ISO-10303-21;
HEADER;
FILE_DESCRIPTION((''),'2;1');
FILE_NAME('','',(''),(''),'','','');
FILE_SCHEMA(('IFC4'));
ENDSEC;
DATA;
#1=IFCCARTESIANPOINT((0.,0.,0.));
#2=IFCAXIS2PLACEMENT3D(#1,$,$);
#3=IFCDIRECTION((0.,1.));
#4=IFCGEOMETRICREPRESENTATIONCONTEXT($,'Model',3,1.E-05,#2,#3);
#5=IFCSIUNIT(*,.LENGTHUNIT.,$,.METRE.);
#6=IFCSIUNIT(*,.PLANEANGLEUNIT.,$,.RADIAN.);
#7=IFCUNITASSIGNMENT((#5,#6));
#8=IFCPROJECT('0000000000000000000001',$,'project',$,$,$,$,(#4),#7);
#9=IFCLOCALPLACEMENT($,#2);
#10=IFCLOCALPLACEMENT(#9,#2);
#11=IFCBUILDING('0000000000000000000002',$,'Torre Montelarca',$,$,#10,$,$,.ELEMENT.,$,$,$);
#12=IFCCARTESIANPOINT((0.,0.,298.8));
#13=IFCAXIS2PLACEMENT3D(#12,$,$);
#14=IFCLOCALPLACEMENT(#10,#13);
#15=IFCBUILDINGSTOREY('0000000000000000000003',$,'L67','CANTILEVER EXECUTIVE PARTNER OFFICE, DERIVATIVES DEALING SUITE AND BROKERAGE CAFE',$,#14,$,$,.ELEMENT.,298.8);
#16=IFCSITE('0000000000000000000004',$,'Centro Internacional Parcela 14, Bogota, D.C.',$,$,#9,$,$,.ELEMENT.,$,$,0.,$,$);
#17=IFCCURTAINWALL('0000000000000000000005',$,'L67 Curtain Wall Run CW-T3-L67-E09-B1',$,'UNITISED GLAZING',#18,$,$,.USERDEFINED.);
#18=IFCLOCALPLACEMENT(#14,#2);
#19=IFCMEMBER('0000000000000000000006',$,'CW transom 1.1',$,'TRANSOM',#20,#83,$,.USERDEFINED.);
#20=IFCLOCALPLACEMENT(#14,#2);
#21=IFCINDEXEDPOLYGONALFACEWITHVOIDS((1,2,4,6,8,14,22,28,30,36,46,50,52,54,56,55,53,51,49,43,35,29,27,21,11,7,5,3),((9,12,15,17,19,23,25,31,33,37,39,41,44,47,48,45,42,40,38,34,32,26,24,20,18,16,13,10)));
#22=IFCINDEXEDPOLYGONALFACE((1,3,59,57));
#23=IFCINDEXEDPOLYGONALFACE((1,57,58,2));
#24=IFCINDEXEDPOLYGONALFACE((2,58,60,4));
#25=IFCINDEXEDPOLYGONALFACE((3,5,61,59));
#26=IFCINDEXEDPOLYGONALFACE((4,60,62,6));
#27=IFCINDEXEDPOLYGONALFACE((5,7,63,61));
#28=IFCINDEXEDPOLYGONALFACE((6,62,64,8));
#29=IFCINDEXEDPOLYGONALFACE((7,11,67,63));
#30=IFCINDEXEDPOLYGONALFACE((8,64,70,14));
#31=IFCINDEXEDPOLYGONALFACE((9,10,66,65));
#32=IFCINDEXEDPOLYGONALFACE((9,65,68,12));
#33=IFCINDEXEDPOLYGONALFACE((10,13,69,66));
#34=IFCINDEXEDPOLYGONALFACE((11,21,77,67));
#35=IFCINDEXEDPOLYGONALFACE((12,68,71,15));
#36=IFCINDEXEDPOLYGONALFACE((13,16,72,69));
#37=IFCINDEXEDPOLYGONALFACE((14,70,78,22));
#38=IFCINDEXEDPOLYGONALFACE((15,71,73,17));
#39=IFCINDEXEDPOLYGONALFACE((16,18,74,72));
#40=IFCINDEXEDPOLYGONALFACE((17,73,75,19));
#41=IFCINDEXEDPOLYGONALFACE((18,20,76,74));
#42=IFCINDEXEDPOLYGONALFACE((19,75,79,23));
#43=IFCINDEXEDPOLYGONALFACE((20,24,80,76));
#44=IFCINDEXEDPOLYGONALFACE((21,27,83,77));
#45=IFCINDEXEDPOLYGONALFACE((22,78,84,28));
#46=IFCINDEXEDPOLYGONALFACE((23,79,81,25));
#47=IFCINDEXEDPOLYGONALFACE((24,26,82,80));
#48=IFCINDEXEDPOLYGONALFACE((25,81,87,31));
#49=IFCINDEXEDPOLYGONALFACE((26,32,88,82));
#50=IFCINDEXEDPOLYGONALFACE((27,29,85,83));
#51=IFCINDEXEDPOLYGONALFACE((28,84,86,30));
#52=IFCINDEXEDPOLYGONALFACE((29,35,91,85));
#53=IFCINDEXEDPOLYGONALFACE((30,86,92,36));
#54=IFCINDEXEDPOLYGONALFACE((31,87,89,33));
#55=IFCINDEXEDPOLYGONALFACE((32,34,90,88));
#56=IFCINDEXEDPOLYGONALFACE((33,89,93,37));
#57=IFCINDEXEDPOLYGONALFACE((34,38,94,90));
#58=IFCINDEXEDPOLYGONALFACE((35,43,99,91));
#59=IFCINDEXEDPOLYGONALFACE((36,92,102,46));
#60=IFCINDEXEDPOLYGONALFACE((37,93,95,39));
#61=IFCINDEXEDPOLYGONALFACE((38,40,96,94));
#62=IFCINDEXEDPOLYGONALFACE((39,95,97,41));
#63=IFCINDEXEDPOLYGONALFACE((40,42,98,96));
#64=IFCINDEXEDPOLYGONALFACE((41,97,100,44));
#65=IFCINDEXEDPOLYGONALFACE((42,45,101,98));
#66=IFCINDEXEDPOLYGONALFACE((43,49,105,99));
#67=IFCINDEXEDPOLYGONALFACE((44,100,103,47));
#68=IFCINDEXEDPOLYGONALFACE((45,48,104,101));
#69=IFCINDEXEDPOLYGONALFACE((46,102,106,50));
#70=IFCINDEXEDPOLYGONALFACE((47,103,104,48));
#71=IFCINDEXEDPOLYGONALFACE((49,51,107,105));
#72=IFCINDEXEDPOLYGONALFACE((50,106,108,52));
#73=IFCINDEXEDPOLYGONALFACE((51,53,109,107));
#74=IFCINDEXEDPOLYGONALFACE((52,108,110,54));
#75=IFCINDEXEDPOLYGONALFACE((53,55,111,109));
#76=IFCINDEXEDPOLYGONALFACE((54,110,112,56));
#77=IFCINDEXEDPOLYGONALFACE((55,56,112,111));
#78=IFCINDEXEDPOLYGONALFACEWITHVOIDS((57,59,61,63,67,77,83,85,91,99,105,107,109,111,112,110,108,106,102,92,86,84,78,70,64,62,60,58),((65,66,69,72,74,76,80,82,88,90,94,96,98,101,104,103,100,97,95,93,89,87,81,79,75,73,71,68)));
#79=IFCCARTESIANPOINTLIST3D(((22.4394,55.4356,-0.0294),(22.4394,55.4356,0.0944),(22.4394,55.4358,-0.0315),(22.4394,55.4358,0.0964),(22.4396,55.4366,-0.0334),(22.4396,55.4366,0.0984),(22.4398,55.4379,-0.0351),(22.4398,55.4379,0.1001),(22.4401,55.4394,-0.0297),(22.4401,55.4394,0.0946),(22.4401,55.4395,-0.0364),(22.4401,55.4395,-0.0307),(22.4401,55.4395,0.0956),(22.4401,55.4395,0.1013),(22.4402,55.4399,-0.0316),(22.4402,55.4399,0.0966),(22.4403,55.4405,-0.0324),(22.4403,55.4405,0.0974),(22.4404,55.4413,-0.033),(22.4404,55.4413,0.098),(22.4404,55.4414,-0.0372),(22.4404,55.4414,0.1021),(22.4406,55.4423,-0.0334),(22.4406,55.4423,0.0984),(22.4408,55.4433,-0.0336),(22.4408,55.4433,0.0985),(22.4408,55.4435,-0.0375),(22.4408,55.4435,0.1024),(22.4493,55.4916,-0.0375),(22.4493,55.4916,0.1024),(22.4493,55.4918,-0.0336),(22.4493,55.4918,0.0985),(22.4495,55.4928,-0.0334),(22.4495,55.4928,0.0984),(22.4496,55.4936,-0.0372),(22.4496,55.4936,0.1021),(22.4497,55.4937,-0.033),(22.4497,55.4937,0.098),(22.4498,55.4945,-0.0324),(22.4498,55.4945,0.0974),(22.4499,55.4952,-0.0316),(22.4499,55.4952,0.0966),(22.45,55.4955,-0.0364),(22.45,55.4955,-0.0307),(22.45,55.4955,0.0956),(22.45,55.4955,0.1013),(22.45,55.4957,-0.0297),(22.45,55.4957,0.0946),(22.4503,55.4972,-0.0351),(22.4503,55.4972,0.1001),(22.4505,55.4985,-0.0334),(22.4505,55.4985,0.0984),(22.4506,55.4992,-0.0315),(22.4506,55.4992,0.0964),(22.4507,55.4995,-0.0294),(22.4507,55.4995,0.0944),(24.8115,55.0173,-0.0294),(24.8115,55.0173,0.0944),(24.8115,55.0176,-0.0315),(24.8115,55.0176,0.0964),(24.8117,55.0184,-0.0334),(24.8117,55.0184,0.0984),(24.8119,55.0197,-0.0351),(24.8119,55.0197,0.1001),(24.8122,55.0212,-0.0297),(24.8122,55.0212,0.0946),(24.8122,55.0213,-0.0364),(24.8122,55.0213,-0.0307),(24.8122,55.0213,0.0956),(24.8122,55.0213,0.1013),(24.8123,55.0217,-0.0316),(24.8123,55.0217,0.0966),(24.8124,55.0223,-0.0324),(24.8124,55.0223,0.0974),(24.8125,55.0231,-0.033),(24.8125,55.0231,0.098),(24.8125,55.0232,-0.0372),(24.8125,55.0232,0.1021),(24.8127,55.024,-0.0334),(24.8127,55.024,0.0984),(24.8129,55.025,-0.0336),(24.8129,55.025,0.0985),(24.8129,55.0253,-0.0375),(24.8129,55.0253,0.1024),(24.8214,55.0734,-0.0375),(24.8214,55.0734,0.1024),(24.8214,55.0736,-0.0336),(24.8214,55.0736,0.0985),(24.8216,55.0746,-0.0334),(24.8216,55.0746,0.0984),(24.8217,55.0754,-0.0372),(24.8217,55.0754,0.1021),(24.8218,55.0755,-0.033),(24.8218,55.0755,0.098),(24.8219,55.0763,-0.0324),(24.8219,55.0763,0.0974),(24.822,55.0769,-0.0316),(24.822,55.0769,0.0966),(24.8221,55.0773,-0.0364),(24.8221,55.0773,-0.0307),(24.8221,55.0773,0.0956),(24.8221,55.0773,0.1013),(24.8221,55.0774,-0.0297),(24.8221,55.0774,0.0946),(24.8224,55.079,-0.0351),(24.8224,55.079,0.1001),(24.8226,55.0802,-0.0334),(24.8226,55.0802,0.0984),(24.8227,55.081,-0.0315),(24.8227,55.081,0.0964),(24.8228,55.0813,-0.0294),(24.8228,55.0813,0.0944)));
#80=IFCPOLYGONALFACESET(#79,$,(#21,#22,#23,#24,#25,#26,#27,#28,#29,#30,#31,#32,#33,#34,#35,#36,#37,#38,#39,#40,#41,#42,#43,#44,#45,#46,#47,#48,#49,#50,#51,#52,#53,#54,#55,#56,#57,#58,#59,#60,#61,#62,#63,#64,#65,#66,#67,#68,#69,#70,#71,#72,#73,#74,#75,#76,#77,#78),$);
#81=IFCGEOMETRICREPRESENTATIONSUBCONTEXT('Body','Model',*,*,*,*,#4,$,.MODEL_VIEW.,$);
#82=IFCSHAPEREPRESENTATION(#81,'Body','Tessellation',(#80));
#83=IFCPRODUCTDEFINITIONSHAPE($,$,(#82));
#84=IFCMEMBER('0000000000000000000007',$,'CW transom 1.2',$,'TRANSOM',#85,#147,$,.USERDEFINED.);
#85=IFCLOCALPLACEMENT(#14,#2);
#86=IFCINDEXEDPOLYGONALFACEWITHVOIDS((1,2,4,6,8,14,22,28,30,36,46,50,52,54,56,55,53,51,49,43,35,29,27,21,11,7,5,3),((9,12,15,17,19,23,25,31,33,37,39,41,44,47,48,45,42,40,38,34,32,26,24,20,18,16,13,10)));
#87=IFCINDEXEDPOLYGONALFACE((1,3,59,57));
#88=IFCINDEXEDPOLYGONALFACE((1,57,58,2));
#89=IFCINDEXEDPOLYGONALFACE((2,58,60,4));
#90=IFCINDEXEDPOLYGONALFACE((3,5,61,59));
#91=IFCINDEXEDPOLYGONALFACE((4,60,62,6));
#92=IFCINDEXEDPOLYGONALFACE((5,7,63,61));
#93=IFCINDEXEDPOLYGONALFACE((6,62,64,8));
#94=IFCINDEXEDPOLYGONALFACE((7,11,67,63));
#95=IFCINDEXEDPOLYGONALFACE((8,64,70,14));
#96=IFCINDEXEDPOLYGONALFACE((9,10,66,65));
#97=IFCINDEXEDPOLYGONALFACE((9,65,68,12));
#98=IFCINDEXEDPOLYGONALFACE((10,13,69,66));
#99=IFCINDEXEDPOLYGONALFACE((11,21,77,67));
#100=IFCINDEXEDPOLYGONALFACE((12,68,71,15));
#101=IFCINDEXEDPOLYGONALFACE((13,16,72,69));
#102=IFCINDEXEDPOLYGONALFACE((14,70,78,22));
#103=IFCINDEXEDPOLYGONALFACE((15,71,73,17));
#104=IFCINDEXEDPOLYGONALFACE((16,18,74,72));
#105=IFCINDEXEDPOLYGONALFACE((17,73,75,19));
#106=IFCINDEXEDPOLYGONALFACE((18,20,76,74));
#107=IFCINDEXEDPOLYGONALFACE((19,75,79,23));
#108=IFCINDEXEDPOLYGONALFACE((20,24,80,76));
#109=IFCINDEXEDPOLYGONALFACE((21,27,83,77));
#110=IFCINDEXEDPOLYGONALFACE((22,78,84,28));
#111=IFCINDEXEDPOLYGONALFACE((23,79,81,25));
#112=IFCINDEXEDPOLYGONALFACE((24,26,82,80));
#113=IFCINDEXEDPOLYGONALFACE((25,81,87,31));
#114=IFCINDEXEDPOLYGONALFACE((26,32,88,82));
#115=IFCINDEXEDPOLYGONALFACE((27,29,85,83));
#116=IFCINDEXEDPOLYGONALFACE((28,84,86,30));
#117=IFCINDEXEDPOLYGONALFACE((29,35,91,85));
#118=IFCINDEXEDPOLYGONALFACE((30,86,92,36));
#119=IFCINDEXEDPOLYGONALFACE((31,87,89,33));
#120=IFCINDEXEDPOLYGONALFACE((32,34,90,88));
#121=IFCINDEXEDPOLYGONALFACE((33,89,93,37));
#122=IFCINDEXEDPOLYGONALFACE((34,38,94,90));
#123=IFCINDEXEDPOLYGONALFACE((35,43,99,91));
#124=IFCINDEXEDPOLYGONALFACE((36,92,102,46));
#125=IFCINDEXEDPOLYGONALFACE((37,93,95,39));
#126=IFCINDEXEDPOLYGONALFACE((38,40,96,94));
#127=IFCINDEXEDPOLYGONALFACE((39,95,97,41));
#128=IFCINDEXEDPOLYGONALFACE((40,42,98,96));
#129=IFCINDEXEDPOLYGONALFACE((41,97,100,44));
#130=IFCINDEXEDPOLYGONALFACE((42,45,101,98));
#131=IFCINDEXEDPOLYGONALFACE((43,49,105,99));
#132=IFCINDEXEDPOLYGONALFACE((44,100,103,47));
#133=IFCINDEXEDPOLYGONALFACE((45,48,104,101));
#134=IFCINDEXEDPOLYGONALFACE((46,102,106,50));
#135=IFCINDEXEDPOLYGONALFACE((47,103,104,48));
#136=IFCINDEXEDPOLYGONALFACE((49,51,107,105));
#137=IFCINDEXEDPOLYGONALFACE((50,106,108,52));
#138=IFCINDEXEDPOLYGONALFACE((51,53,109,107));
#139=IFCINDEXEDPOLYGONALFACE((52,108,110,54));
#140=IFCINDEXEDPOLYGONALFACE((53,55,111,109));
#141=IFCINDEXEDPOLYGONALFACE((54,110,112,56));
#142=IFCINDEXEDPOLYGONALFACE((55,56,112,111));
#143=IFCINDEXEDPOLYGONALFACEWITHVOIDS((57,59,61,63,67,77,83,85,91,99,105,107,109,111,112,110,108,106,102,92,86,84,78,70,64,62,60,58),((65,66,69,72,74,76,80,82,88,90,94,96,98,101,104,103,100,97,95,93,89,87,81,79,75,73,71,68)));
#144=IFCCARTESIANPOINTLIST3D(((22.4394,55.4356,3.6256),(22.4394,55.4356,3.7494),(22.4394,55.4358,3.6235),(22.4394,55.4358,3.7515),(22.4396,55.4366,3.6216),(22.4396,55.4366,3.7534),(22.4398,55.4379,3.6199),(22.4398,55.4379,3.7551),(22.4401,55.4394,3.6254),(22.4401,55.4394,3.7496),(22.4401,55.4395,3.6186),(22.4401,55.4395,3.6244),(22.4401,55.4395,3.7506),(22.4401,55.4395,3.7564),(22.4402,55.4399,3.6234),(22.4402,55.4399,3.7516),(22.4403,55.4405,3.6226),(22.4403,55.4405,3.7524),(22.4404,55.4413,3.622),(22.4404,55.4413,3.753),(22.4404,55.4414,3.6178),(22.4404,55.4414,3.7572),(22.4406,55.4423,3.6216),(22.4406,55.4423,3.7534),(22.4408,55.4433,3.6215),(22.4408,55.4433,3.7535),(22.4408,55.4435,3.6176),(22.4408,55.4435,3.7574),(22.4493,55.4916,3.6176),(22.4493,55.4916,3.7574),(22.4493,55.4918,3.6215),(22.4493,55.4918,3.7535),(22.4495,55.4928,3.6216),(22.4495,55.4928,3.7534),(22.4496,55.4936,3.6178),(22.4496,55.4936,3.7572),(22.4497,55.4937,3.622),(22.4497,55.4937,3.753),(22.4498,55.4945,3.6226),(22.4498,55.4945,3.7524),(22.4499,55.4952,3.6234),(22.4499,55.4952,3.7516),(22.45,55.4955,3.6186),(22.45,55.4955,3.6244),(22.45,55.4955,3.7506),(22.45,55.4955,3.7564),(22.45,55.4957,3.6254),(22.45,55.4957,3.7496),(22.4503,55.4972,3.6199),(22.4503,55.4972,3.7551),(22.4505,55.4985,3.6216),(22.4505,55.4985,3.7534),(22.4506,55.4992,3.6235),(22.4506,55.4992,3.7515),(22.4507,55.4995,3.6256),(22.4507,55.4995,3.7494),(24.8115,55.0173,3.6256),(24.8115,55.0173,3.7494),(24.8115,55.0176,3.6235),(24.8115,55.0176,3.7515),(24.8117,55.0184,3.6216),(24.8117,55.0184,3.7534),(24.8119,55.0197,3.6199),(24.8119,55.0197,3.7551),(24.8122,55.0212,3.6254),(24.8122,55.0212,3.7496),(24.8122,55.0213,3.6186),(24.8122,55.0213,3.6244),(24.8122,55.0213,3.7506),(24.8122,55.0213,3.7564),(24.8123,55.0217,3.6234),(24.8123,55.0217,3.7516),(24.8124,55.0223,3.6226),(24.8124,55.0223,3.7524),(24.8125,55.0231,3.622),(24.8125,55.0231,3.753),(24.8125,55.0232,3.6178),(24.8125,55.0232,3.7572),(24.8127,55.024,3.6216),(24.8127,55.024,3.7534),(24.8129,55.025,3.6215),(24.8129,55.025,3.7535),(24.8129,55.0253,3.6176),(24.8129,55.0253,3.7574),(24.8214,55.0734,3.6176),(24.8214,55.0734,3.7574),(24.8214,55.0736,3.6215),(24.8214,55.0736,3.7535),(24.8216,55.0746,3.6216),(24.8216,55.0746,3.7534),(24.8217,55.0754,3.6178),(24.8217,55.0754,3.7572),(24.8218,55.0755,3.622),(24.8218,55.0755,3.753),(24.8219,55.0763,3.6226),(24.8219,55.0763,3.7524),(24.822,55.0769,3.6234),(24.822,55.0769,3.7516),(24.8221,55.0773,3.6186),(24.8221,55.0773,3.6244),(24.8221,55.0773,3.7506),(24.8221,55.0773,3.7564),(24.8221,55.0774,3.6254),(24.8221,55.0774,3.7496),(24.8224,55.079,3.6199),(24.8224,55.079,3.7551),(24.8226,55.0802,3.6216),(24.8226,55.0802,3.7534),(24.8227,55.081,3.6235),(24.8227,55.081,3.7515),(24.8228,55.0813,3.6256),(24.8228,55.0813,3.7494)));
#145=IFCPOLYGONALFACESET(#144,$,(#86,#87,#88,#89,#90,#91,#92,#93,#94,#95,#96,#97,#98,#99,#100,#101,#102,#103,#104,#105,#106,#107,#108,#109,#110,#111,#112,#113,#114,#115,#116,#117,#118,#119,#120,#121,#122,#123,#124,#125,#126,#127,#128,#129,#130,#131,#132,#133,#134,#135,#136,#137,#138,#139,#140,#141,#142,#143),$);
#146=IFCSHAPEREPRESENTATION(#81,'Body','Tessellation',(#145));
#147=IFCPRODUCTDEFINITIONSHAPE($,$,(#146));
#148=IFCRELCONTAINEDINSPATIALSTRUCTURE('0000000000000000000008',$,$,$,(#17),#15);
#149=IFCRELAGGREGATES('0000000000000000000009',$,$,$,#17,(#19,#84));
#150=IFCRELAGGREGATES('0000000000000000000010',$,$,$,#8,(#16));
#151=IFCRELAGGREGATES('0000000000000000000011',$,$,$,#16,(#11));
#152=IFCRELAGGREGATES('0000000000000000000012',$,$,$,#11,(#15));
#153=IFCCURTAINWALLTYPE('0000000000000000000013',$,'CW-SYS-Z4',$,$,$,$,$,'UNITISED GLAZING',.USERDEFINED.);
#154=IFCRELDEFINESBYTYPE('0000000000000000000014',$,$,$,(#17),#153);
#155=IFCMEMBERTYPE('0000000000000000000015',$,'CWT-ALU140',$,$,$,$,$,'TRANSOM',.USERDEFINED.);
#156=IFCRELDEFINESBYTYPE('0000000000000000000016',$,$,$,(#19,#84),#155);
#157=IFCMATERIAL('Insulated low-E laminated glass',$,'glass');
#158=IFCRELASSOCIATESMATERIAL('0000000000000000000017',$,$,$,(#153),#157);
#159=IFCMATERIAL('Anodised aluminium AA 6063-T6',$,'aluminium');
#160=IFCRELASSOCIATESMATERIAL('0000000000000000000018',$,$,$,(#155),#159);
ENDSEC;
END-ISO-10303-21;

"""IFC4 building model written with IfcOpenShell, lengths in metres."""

from ifc_helpers import new_model, si_unit, direction, frame, origin, origin_2d, place, context, subcontext, project, spatial, hollow_rectangle, extrude, source, transform, mapped, material, material_profile, profile_set, type_object, element, aggregate, save


model = new_model("IFC4")

# Units and contexts
model_context = context("Model", 3, precision=1e-05, world=origin(), true_north=direction((0.0, 1.0)))
body_context = subcontext(model_context, "Body", "Model", "MODEL_VIEW")
ifc_project = project(units=[si_unit("LENGTHUNIT", "METRE"), si_unit("PLANEANGLEUNIT", "RADIAN")], contexts=[model_context])

# Site, building, storey
site_placement = place(None, origin())
site = spatial("IfcSite", under=ifc_project, at=site_placement, Name="Centro Internacional Parcela 14, Bogota, D.C.", CompositionType="ELEMENT", RefElevation=0.0)
building_placement = place(site_placement, origin())
building = spatial("IfcBuilding", under=site, at=building_placement, Name="Torre Montelarca", CompositionType="ELEMENT")
storey_placement = place(building_placement, frame((0.0, 0.0, 298.8)))
storey = spatial("IfcBuildingStorey", under=building, at=storey_placement, Name="L67", Description="CANTILEVER EXECUTIVE PARTNER OFFICE, DERIVATIVES DEALING SUITE AND BROKERAGE CAFE", CompositionType="ELEMENT", Elevation=298.8)

# Shared definitions
ifc_material_1 = material(Name="Insulated low-E laminated glass", Category="glass")
curtain_wall_type = type_object("IfcCurtainWallType", Name="CW-SYS-Z4", ElementType="UNITISED GLAZING", PredefinedType="USERDEFINED", material=ifc_material_1)
ifc_material_2 = material(Name="Anodised aluminium AA 6063-T6", Category="aluminium")

# Curtain wall
curtain_wall_1_placement = place(storey_placement, origin())
curtain_wall_1 = element("IfcCurtainWall", 1, at=curtain_wall_1_placement, inside=storey, type_object=curtain_wall_type, Name="L67 Curtain Wall Run CW-T3-L67-E09-B1", ObjectType="UNITISED GLAZING", PredefinedType="USERDEFINED")

# Members
ifc_material_profile_1 = material_profile(ifc_material_2, hollow_rectangle(XDim=0.0649, YDim=0.1399, WallThickness=0.0039, InnerFilletRadius=0.0039, OuterFilletRadius=0.0081, at=origin_2d()), Name="ALU65X140X4", Category="aluminium")
ifc_profile_set_1 = profile_set([ifc_material_profile_1], Name="Anodised aluminium AA 6063-T6")
member_type_1 = type_object("IfcMemberType", Name="CWT-ALU140", ElementType="TRANSOM", PredefinedType="USERDEFINED", material=ifc_profile_set_1)
shared_shape_1 = source(origin(), body_context, "Body", "SweptSolid", [
    extrude(hollow_rectangle(XDim=0.0649, YDim=0.1399, WallThickness=0.0039, InnerFilletRadius=0.0039, OuterFilletRadius=0.0081, at=origin_2d()), origin(), (0.0, 0.0, 1.0), 2.4087),
])
member_1_placement = place(storey_placement, frame((24.8171, 55.0493, 0.0325), z_axis=(-0.984811, 0.173629, 0.0), x_axis=(-0.173629, -0.984811, 0.0)))
member_1 = element("IfcMember", 2, at=member_1_placement, type_object=member_type_1, Name="CW transom 1.1", ObjectType="TRANSOM", PredefinedType="USERDEFINED", context=body_context, shape_type="MappedRepresentation", body=[
    mapped(shared_shape_1, transform((0.0, 0.0, 0.0), scale=1.0)),
])
member_2_placement = place(storey_placement, frame((24.8171, 55.0493, 3.6875), z_axis=(-0.984811, 0.173629, 0.0), x_axis=(-0.173629, -0.984811, 0.0)))
member_2 = element("IfcMember", 3, at=member_2_placement, type_object=member_type_1, Name="CW transom 1.2", ObjectType="TRANSOM", PredefinedType="USERDEFINED", context=body_context, shape_type="MappedRepresentation", body=[
    mapped(shared_shape_1, transform((0.0, 0.0, 0.0), scale=1.0)),
])

aggregate(curtain_wall_1, [member_1, member_2])

save(model, "model.ifc")
